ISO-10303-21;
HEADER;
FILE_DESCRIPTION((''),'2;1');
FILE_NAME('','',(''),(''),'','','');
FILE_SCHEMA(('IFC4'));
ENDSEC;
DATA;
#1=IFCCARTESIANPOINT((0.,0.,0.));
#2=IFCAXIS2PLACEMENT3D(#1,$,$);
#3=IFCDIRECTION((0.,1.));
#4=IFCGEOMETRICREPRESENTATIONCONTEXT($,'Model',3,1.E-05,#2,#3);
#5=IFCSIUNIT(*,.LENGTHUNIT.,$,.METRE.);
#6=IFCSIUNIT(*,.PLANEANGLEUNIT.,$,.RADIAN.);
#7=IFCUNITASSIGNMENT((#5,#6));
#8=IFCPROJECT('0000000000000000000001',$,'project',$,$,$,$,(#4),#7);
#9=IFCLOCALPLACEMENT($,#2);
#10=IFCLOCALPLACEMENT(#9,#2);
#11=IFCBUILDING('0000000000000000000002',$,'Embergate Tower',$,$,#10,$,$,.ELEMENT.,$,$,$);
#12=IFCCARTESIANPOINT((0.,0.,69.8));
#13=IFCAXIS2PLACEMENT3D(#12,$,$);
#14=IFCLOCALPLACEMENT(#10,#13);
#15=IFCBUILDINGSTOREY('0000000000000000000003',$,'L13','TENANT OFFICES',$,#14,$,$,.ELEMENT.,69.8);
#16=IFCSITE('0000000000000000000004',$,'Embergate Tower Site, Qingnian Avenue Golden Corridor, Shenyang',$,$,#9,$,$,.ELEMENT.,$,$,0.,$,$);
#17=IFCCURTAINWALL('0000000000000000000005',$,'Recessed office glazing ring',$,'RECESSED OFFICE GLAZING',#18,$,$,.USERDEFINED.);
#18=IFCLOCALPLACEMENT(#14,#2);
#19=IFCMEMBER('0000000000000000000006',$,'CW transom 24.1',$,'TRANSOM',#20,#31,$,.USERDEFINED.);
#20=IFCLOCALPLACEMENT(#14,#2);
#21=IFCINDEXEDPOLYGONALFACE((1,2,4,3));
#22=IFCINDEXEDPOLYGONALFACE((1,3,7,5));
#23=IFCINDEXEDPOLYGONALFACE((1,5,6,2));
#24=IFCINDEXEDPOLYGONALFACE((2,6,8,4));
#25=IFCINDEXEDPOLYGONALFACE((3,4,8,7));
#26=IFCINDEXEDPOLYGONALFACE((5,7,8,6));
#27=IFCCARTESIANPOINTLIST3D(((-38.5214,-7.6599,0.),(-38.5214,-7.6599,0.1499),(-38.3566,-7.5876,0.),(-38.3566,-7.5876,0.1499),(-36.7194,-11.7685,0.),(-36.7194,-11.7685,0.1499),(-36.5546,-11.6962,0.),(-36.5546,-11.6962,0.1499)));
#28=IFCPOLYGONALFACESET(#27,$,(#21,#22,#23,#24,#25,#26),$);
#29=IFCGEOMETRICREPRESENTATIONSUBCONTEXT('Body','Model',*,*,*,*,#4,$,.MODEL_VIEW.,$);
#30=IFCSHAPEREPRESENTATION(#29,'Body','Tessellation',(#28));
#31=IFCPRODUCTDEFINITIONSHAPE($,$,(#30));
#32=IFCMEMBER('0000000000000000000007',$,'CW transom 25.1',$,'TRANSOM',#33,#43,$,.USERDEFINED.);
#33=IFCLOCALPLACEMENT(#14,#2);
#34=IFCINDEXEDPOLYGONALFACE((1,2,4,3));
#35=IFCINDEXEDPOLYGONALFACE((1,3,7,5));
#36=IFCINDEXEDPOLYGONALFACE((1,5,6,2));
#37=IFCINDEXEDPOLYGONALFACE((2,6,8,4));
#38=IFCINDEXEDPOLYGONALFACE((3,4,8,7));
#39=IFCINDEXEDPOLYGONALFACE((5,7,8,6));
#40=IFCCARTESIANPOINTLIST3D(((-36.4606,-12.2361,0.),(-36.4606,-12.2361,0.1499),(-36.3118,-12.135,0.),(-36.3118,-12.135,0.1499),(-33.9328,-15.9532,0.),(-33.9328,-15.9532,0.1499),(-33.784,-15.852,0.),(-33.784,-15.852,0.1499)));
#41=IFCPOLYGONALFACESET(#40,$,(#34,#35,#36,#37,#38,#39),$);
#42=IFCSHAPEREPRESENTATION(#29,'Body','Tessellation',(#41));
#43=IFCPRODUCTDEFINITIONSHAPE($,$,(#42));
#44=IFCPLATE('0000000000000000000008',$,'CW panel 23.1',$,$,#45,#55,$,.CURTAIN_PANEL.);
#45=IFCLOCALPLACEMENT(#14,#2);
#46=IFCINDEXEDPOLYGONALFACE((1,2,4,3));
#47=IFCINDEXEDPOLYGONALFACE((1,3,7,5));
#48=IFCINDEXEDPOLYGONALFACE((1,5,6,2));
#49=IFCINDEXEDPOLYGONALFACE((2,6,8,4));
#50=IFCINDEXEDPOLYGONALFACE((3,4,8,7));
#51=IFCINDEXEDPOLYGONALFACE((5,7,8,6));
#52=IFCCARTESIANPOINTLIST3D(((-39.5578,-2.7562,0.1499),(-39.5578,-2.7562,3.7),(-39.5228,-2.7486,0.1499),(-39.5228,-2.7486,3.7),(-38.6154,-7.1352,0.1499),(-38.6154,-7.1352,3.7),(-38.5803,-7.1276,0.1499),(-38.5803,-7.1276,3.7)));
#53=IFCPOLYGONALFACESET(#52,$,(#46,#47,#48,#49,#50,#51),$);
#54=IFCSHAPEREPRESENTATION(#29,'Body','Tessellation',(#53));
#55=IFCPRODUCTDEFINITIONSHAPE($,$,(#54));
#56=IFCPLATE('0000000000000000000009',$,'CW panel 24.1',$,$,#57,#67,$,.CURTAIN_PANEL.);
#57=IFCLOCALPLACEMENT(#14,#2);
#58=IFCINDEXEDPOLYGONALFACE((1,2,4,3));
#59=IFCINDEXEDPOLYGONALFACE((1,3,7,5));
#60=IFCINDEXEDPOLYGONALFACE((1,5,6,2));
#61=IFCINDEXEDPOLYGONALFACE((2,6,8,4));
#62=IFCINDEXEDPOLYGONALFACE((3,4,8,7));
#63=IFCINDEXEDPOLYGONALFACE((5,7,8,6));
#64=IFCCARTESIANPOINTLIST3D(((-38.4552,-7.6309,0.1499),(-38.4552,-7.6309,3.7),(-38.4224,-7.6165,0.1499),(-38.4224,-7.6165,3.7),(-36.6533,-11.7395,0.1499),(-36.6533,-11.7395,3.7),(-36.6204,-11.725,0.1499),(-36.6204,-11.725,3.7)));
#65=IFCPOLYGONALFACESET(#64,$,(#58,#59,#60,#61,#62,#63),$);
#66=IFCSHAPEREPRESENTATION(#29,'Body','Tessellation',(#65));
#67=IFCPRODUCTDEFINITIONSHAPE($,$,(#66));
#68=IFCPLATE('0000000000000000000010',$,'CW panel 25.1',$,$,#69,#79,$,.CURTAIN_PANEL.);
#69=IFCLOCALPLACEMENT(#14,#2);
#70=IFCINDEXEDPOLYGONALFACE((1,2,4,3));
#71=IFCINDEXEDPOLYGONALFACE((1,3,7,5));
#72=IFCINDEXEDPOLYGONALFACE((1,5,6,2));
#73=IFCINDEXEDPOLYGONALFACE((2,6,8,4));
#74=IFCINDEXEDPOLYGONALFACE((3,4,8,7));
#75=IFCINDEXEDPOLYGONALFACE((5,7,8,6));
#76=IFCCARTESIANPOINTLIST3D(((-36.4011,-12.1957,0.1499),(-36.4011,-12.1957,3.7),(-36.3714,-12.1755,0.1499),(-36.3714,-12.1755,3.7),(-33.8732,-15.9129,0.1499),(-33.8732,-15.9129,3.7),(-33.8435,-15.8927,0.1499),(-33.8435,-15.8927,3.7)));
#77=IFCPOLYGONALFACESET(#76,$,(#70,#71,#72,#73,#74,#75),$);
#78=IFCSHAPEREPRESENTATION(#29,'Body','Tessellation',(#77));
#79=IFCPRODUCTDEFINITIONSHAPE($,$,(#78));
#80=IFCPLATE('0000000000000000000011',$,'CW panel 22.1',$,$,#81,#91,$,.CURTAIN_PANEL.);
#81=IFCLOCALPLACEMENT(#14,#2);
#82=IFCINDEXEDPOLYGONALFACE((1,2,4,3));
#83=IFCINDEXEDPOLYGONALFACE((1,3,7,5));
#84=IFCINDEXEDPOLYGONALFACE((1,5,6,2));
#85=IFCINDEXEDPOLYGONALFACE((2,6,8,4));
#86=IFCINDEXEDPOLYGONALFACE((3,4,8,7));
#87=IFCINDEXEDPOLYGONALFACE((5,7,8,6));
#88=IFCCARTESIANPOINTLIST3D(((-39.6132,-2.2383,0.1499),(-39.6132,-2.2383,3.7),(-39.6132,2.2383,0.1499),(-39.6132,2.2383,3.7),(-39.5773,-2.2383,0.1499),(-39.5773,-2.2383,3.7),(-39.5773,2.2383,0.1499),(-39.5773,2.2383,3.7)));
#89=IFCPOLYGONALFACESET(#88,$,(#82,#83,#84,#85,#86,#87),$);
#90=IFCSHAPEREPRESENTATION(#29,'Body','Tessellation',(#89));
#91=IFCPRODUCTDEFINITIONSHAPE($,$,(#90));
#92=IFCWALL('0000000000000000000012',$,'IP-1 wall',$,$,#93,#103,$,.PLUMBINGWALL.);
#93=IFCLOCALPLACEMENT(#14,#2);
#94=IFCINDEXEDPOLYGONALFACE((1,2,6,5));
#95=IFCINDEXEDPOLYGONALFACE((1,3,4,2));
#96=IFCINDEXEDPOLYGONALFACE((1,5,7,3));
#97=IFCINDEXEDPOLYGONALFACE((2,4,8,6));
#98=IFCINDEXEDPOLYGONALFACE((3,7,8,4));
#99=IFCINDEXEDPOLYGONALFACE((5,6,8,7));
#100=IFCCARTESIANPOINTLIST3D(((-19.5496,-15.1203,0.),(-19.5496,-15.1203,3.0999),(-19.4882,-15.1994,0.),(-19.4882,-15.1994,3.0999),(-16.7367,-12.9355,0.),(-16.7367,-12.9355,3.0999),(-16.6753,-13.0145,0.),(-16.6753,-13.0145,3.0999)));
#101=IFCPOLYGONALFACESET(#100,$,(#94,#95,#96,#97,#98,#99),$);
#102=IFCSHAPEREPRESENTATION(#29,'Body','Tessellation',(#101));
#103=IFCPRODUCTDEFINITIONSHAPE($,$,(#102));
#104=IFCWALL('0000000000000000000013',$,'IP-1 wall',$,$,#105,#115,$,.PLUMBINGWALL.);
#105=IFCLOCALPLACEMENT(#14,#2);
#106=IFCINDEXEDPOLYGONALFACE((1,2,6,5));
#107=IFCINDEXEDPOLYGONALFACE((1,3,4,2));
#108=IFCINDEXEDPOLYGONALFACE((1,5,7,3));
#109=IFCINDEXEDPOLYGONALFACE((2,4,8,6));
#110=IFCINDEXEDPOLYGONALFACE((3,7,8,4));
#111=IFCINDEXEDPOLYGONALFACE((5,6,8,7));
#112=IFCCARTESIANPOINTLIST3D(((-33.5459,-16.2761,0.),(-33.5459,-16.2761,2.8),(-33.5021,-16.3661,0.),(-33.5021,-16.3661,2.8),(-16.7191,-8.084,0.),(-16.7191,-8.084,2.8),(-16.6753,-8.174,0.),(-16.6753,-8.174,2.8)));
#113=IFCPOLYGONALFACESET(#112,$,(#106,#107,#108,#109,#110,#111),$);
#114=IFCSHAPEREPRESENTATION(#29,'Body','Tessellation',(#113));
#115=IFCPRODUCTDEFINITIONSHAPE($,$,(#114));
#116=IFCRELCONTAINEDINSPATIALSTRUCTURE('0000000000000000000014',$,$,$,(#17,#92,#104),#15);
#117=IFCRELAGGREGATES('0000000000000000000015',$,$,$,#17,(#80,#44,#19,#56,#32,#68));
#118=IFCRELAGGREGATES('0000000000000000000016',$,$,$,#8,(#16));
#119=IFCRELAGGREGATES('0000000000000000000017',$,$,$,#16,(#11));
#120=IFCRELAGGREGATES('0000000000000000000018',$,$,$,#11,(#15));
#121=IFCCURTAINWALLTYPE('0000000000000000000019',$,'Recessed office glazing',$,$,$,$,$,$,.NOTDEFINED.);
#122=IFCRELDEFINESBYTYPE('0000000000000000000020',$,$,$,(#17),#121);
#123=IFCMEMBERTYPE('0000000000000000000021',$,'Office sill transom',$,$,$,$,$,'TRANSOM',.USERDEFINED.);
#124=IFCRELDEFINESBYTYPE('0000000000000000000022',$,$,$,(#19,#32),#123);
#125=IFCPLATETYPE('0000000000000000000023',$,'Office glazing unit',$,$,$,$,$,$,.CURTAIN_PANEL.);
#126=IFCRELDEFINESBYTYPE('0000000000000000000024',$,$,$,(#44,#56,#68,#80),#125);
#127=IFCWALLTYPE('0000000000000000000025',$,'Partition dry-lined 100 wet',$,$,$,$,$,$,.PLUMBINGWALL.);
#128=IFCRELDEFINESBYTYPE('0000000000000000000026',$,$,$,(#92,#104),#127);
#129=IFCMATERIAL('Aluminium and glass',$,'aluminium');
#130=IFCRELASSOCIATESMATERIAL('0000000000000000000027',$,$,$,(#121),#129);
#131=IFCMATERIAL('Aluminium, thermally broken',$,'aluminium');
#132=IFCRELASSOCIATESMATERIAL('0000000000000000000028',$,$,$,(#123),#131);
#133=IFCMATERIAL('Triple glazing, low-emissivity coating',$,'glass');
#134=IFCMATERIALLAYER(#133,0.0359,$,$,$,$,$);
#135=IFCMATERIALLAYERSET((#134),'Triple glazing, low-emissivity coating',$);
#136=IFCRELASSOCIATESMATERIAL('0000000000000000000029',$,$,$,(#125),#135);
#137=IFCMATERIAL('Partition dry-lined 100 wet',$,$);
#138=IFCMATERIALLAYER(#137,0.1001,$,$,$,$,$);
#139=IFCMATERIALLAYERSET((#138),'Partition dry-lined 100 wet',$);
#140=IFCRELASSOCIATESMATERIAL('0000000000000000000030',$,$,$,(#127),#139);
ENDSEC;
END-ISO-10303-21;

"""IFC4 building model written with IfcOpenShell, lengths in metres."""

from ifc_helpers import new_model, si_unit, direction, frame, frame_2d, origin, origin_2d, place, context, subcontext, project, spatial, rectangle, extrude, source, transform, mapped, material, layer, layer_set, material_profile, profile_set, type_object, element, aggregate, save


model = new_model("IFC4")

# Units and contexts
model_context = context("Model", 3, precision=1e-05, world=origin(), true_north=direction((0.0, 1.0)))
body_context = subcontext(model_context, "Body", "Model", "MODEL_VIEW")
ifc_project = project(units=[si_unit("LENGTHUNIT", "METRE"), si_unit("PLANEANGLEUNIT", "RADIAN")], contexts=[model_context])

# Site, building, storey
site_placement = place(None, origin())
site = spatial("IfcSite", under=ifc_project, at=site_placement, Name="Embergate Tower Site, Qingnian Avenue Golden Corridor, Shenyang", CompositionType="ELEMENT", RefElevation=0.0)
building_placement = place(site_placement, origin())
building = spatial("IfcBuilding", under=site, at=building_placement, Name="Embergate Tower", CompositionType="ELEMENT")
storey_placement = place(building_placement, frame((0.0, 0.0, 69.8)))
storey = spatial("IfcBuildingStorey", under=building, at=storey_placement, Name="L13", Description="TENANT OFFICES", CompositionType="ELEMENT", Elevation=69.8)

# Curtain wall, members, plates
ifc_material_1 = material(Name="Aluminium and glass", Category="aluminium")
curtain_wall_type = type_object("IfcCurtainWallType", Name="Recessed office glazing", PredefinedType="NOTDEFINED", material=ifc_material_1)
curtain_wall_placement = place(storey_placement, origin())
curtain_wall = element("IfcCurtainWall", 1, at=curtain_wall_placement, inside=storey, type_object=curtain_wall_type, Name="Recessed office glazing ring", ObjectType="RECESSED OFFICE GLAZING", PredefinedType="USERDEFINED")
ifc_material_2 = material(Name="Aluminium, thermally broken", Category="aluminium")
ifc_material_profile_1 = material_profile(ifc_material_2, rectangle(XDim=0.1799, YDim=0.1499, at=origin_2d()), Name="AL 150x180")
ifc_profile_set_1 = profile_set([ifc_material_profile_1], Name="Aluminium, thermally broken")
member_type_1 = type_object("IfcMemberType", Name="Office sill transom", ElementType="TRANSOM", PredefinedType="USERDEFINED", material=ifc_profile_set_1)
shared_shape_1 = source(origin(), body_context, "Body", "SweptSolid", [
    extrude(rectangle(XDim=0.1799, YDim=0.1499, at=origin_2d()), origin(), (0.0, 0.0, 1.0), 4.4863),
])
member_1_placement = place(storey_placement, frame((-38.439, -7.6238, 0.075), z_axis=(0.401655, -0.915791, 0.0), x_axis=(0.915791, 0.401655, 0.0)))
member_1 = element("IfcMember", 2, at=member_1_placement, type_object=member_type_1, Name="CW transom 24.1", ObjectType="TRANSOM", PredefinedType="USERDEFINED", context=body_context, shape_type="MappedRepresentation", body=[
    mapped(shared_shape_1, transform((0.0, 0.0, 0.0))),
])
shared_shape_2 = source(origin(), body_context, "Body", "SweptSolid", [
    extrude(rectangle(XDim=0.1799, YDim=0.1499, at=origin_2d()), origin(), (0.0, 0.0, 1.0), 4.4951),
])
member_2_placement = place(storey_placement, frame((-36.3862, -12.1855, 0.075), z_axis=(0.562347, -0.826901, 0.0), x_axis=(0.826901, 0.562347, 0.0)))
member_2 = element("IfcMember", 3, at=member_2_placement, type_object=member_type_1, Name="CW transom 25.1", ObjectType="TRANSOM", PredefinedType="USERDEFINED", context=body_context, shape_type="MappedRepresentation", body=[
    mapped(shared_shape_2, transform((0.0, 0.0, 0.0))),
])
ifc_material_3 = material(Name="Triple glazing, low-emissivity coating", Category="glass")
ifc_layer_1 = layer(ifc_material_3, 0.0359)
ifc_layer_set_1 = layer_set([ifc_layer_1], Name="Triple glazing, low-emissivity coating")
plate_type = type_object("IfcPlateType", Name="Office glazing unit", PredefinedType="CURTAIN_PANEL", material=ifc_layer_set_1)
shared_shape_3 = source(origin(), body_context, "Body", "SweptSolid", [
    extrude(rectangle(XDim=4.4792, YDim=0.0359, at=origin_2d()), origin(), (0.0, 0.0, 1.0), 3.55),
])
plate_1_placement = place(storey_placement, frame((-39.0691, -4.9419, 0.1499), z_axis=(0.0, 0.0, 1.0), x_axis=(0.210395, -0.977616, 0.0)))
plate_1 = element("IfcPlate", 4, at=plate_1_placement, type_object=plate_type, Name="CW panel 23.1", PredefinedType="CURTAIN_PANEL", context=body_context, shape_type="MappedRepresentation", body=[
    mapped(shared_shape_3, transform((0.0, 0.0, 0.0))),
])
shared_shape_4 = source(origin(), body_context, "Body", "SweptSolid", [
    extrude(rectangle(XDim=4.4863, YDim=0.0359, at=origin_2d()), origin(), (0.0, 0.0, 1.0), 3.55),
])
plate_2_placement = place(storey_placement, frame((-37.5378, -9.678, 0.1499), z_axis=(0.0, 0.0, 1.0), x_axis=(0.401647, -0.915794, 0.0)))
plate_2 = element("IfcPlate", 5, at=plate_2_placement, type_object=plate_type, Name="CW panel 24.1", PredefinedType="CURTAIN_PANEL", context=body_context, shape_type="MappedRepresentation", body=[
    mapped(shared_shape_4, transform((0.0, 0.0, 0.0))),
])
shared_shape_5 = source(origin(), body_context, "Body", "SweptSolid", [
    extrude(rectangle(XDim=4.4954, YDim=0.0359, at=origin_2d()), origin(), (0.0, 0.0, 1.0), 3.55),
])
plate_3_placement = place(storey_placement, frame((-35.1223, -14.0442, 0.1499), z_axis=(0.0, 0.0, 1.0), x_axis=(0.562337, -0.826908, 0.0)))
plate_3 = element("IfcPlate", 6, at=plate_3_placement, type_object=plate_type, Name="CW panel 25.1", PredefinedType="CURTAIN_PANEL", context=body_context, shape_type="MappedRepresentation", body=[
    mapped(shared_shape_5, transform((0.0, 0.0, 0.0))),
])
shared_shape_6 = source(origin(), body_context, "Body", "SweptSolid", [
    extrude(rectangle(XDim=4.4766, YDim=0.0359, at=origin_2d()), origin(), (0.0, 0.0, 1.0), 3.55),
])
plate_4_placement = place(storey_placement, frame((-39.5952, 0.0, 0.1499), z_axis=(0.0, 0.0, 1.0), x_axis=(0.0, -1.0, 0.0)))
plate_4 = element("IfcPlate", 7, at=plate_4_placement, type_object=plate_type, Name="CW panel 22.1", PredefinedType="CURTAIN_PANEL", context=body_context, shape_type="MappedRepresentation", body=[
    mapped(shared_shape_6, transform((0.0, 0.0, 0.0))),
])
aggregate(curtain_wall, [plate_4, plate_1, member_1, plate_2, member_2, plate_3])

# Walls
ifc_material_4 = material(Name="Partition dry-lined 100 wet")
ifc_layer_2 = layer(ifc_material_4, 0.1001)
ifc_layer_set_2 = layer_set([ifc_layer_2], Name="Partition dry-lined 100 wet")
wall_type = type_object("IfcWallType", Name="Partition dry-lined 100 wet", PredefinedType="PLUMBINGWALL", material=ifc_layer_set_2)
shared_shape_7 = source(origin(), body_context, "Body", "SweptSolid", [
    extrude(rectangle(XDim=3.5618, YDim=0.1001, at=frame_2d((1.7808, 0.0))), origin(), (0.0, 0.0, 1.0), 3.0999),
])
wall_1_placement = place(storey_placement, frame((-16.7061, -12.9751, 0.0), z_axis=(0.0, 0.0, 1.0), x_axis=(-0.789769, -0.613404, 0.0)))
element("IfcWall", 8, at=wall_1_placement, inside=storey, type_object=wall_type, Name="IP-1 wall", PredefinedType="PLUMBINGWALL", context=body_context, shape_type="MappedRepresentation", body=[
    mapped(shared_shape_7, transform((0.0, 0.0, 0.0))),
])
shared_shape_8 = source(origin(), body_context, "Body", "SweptSolid", [
    extrude(rectangle(XDim=18.7151, YDim=0.1001, at=frame_2d((9.3574, 0.0))), origin(), (0.0, 0.0, 1.0), 2.8),
])
wall_2_placement = place(storey_placement, frame((-33.5239, -16.321, 0.0), z_axis=(0.0, 0.0, 1.0), x_axis=(0.899107, 0.437728, 0.0)))
element("IfcWall", 9, at=wall_2_placement, inside=storey, type_object=wall_type, Name="IP-1 wall", PredefinedType="PLUMBINGWALL", context=body_context, shape_type="MappedRepresentation", body=[
    mapped(shared_shape_8, transform((0.0, 0.0, 0.0))),
])

save(model, "model.ifc")
